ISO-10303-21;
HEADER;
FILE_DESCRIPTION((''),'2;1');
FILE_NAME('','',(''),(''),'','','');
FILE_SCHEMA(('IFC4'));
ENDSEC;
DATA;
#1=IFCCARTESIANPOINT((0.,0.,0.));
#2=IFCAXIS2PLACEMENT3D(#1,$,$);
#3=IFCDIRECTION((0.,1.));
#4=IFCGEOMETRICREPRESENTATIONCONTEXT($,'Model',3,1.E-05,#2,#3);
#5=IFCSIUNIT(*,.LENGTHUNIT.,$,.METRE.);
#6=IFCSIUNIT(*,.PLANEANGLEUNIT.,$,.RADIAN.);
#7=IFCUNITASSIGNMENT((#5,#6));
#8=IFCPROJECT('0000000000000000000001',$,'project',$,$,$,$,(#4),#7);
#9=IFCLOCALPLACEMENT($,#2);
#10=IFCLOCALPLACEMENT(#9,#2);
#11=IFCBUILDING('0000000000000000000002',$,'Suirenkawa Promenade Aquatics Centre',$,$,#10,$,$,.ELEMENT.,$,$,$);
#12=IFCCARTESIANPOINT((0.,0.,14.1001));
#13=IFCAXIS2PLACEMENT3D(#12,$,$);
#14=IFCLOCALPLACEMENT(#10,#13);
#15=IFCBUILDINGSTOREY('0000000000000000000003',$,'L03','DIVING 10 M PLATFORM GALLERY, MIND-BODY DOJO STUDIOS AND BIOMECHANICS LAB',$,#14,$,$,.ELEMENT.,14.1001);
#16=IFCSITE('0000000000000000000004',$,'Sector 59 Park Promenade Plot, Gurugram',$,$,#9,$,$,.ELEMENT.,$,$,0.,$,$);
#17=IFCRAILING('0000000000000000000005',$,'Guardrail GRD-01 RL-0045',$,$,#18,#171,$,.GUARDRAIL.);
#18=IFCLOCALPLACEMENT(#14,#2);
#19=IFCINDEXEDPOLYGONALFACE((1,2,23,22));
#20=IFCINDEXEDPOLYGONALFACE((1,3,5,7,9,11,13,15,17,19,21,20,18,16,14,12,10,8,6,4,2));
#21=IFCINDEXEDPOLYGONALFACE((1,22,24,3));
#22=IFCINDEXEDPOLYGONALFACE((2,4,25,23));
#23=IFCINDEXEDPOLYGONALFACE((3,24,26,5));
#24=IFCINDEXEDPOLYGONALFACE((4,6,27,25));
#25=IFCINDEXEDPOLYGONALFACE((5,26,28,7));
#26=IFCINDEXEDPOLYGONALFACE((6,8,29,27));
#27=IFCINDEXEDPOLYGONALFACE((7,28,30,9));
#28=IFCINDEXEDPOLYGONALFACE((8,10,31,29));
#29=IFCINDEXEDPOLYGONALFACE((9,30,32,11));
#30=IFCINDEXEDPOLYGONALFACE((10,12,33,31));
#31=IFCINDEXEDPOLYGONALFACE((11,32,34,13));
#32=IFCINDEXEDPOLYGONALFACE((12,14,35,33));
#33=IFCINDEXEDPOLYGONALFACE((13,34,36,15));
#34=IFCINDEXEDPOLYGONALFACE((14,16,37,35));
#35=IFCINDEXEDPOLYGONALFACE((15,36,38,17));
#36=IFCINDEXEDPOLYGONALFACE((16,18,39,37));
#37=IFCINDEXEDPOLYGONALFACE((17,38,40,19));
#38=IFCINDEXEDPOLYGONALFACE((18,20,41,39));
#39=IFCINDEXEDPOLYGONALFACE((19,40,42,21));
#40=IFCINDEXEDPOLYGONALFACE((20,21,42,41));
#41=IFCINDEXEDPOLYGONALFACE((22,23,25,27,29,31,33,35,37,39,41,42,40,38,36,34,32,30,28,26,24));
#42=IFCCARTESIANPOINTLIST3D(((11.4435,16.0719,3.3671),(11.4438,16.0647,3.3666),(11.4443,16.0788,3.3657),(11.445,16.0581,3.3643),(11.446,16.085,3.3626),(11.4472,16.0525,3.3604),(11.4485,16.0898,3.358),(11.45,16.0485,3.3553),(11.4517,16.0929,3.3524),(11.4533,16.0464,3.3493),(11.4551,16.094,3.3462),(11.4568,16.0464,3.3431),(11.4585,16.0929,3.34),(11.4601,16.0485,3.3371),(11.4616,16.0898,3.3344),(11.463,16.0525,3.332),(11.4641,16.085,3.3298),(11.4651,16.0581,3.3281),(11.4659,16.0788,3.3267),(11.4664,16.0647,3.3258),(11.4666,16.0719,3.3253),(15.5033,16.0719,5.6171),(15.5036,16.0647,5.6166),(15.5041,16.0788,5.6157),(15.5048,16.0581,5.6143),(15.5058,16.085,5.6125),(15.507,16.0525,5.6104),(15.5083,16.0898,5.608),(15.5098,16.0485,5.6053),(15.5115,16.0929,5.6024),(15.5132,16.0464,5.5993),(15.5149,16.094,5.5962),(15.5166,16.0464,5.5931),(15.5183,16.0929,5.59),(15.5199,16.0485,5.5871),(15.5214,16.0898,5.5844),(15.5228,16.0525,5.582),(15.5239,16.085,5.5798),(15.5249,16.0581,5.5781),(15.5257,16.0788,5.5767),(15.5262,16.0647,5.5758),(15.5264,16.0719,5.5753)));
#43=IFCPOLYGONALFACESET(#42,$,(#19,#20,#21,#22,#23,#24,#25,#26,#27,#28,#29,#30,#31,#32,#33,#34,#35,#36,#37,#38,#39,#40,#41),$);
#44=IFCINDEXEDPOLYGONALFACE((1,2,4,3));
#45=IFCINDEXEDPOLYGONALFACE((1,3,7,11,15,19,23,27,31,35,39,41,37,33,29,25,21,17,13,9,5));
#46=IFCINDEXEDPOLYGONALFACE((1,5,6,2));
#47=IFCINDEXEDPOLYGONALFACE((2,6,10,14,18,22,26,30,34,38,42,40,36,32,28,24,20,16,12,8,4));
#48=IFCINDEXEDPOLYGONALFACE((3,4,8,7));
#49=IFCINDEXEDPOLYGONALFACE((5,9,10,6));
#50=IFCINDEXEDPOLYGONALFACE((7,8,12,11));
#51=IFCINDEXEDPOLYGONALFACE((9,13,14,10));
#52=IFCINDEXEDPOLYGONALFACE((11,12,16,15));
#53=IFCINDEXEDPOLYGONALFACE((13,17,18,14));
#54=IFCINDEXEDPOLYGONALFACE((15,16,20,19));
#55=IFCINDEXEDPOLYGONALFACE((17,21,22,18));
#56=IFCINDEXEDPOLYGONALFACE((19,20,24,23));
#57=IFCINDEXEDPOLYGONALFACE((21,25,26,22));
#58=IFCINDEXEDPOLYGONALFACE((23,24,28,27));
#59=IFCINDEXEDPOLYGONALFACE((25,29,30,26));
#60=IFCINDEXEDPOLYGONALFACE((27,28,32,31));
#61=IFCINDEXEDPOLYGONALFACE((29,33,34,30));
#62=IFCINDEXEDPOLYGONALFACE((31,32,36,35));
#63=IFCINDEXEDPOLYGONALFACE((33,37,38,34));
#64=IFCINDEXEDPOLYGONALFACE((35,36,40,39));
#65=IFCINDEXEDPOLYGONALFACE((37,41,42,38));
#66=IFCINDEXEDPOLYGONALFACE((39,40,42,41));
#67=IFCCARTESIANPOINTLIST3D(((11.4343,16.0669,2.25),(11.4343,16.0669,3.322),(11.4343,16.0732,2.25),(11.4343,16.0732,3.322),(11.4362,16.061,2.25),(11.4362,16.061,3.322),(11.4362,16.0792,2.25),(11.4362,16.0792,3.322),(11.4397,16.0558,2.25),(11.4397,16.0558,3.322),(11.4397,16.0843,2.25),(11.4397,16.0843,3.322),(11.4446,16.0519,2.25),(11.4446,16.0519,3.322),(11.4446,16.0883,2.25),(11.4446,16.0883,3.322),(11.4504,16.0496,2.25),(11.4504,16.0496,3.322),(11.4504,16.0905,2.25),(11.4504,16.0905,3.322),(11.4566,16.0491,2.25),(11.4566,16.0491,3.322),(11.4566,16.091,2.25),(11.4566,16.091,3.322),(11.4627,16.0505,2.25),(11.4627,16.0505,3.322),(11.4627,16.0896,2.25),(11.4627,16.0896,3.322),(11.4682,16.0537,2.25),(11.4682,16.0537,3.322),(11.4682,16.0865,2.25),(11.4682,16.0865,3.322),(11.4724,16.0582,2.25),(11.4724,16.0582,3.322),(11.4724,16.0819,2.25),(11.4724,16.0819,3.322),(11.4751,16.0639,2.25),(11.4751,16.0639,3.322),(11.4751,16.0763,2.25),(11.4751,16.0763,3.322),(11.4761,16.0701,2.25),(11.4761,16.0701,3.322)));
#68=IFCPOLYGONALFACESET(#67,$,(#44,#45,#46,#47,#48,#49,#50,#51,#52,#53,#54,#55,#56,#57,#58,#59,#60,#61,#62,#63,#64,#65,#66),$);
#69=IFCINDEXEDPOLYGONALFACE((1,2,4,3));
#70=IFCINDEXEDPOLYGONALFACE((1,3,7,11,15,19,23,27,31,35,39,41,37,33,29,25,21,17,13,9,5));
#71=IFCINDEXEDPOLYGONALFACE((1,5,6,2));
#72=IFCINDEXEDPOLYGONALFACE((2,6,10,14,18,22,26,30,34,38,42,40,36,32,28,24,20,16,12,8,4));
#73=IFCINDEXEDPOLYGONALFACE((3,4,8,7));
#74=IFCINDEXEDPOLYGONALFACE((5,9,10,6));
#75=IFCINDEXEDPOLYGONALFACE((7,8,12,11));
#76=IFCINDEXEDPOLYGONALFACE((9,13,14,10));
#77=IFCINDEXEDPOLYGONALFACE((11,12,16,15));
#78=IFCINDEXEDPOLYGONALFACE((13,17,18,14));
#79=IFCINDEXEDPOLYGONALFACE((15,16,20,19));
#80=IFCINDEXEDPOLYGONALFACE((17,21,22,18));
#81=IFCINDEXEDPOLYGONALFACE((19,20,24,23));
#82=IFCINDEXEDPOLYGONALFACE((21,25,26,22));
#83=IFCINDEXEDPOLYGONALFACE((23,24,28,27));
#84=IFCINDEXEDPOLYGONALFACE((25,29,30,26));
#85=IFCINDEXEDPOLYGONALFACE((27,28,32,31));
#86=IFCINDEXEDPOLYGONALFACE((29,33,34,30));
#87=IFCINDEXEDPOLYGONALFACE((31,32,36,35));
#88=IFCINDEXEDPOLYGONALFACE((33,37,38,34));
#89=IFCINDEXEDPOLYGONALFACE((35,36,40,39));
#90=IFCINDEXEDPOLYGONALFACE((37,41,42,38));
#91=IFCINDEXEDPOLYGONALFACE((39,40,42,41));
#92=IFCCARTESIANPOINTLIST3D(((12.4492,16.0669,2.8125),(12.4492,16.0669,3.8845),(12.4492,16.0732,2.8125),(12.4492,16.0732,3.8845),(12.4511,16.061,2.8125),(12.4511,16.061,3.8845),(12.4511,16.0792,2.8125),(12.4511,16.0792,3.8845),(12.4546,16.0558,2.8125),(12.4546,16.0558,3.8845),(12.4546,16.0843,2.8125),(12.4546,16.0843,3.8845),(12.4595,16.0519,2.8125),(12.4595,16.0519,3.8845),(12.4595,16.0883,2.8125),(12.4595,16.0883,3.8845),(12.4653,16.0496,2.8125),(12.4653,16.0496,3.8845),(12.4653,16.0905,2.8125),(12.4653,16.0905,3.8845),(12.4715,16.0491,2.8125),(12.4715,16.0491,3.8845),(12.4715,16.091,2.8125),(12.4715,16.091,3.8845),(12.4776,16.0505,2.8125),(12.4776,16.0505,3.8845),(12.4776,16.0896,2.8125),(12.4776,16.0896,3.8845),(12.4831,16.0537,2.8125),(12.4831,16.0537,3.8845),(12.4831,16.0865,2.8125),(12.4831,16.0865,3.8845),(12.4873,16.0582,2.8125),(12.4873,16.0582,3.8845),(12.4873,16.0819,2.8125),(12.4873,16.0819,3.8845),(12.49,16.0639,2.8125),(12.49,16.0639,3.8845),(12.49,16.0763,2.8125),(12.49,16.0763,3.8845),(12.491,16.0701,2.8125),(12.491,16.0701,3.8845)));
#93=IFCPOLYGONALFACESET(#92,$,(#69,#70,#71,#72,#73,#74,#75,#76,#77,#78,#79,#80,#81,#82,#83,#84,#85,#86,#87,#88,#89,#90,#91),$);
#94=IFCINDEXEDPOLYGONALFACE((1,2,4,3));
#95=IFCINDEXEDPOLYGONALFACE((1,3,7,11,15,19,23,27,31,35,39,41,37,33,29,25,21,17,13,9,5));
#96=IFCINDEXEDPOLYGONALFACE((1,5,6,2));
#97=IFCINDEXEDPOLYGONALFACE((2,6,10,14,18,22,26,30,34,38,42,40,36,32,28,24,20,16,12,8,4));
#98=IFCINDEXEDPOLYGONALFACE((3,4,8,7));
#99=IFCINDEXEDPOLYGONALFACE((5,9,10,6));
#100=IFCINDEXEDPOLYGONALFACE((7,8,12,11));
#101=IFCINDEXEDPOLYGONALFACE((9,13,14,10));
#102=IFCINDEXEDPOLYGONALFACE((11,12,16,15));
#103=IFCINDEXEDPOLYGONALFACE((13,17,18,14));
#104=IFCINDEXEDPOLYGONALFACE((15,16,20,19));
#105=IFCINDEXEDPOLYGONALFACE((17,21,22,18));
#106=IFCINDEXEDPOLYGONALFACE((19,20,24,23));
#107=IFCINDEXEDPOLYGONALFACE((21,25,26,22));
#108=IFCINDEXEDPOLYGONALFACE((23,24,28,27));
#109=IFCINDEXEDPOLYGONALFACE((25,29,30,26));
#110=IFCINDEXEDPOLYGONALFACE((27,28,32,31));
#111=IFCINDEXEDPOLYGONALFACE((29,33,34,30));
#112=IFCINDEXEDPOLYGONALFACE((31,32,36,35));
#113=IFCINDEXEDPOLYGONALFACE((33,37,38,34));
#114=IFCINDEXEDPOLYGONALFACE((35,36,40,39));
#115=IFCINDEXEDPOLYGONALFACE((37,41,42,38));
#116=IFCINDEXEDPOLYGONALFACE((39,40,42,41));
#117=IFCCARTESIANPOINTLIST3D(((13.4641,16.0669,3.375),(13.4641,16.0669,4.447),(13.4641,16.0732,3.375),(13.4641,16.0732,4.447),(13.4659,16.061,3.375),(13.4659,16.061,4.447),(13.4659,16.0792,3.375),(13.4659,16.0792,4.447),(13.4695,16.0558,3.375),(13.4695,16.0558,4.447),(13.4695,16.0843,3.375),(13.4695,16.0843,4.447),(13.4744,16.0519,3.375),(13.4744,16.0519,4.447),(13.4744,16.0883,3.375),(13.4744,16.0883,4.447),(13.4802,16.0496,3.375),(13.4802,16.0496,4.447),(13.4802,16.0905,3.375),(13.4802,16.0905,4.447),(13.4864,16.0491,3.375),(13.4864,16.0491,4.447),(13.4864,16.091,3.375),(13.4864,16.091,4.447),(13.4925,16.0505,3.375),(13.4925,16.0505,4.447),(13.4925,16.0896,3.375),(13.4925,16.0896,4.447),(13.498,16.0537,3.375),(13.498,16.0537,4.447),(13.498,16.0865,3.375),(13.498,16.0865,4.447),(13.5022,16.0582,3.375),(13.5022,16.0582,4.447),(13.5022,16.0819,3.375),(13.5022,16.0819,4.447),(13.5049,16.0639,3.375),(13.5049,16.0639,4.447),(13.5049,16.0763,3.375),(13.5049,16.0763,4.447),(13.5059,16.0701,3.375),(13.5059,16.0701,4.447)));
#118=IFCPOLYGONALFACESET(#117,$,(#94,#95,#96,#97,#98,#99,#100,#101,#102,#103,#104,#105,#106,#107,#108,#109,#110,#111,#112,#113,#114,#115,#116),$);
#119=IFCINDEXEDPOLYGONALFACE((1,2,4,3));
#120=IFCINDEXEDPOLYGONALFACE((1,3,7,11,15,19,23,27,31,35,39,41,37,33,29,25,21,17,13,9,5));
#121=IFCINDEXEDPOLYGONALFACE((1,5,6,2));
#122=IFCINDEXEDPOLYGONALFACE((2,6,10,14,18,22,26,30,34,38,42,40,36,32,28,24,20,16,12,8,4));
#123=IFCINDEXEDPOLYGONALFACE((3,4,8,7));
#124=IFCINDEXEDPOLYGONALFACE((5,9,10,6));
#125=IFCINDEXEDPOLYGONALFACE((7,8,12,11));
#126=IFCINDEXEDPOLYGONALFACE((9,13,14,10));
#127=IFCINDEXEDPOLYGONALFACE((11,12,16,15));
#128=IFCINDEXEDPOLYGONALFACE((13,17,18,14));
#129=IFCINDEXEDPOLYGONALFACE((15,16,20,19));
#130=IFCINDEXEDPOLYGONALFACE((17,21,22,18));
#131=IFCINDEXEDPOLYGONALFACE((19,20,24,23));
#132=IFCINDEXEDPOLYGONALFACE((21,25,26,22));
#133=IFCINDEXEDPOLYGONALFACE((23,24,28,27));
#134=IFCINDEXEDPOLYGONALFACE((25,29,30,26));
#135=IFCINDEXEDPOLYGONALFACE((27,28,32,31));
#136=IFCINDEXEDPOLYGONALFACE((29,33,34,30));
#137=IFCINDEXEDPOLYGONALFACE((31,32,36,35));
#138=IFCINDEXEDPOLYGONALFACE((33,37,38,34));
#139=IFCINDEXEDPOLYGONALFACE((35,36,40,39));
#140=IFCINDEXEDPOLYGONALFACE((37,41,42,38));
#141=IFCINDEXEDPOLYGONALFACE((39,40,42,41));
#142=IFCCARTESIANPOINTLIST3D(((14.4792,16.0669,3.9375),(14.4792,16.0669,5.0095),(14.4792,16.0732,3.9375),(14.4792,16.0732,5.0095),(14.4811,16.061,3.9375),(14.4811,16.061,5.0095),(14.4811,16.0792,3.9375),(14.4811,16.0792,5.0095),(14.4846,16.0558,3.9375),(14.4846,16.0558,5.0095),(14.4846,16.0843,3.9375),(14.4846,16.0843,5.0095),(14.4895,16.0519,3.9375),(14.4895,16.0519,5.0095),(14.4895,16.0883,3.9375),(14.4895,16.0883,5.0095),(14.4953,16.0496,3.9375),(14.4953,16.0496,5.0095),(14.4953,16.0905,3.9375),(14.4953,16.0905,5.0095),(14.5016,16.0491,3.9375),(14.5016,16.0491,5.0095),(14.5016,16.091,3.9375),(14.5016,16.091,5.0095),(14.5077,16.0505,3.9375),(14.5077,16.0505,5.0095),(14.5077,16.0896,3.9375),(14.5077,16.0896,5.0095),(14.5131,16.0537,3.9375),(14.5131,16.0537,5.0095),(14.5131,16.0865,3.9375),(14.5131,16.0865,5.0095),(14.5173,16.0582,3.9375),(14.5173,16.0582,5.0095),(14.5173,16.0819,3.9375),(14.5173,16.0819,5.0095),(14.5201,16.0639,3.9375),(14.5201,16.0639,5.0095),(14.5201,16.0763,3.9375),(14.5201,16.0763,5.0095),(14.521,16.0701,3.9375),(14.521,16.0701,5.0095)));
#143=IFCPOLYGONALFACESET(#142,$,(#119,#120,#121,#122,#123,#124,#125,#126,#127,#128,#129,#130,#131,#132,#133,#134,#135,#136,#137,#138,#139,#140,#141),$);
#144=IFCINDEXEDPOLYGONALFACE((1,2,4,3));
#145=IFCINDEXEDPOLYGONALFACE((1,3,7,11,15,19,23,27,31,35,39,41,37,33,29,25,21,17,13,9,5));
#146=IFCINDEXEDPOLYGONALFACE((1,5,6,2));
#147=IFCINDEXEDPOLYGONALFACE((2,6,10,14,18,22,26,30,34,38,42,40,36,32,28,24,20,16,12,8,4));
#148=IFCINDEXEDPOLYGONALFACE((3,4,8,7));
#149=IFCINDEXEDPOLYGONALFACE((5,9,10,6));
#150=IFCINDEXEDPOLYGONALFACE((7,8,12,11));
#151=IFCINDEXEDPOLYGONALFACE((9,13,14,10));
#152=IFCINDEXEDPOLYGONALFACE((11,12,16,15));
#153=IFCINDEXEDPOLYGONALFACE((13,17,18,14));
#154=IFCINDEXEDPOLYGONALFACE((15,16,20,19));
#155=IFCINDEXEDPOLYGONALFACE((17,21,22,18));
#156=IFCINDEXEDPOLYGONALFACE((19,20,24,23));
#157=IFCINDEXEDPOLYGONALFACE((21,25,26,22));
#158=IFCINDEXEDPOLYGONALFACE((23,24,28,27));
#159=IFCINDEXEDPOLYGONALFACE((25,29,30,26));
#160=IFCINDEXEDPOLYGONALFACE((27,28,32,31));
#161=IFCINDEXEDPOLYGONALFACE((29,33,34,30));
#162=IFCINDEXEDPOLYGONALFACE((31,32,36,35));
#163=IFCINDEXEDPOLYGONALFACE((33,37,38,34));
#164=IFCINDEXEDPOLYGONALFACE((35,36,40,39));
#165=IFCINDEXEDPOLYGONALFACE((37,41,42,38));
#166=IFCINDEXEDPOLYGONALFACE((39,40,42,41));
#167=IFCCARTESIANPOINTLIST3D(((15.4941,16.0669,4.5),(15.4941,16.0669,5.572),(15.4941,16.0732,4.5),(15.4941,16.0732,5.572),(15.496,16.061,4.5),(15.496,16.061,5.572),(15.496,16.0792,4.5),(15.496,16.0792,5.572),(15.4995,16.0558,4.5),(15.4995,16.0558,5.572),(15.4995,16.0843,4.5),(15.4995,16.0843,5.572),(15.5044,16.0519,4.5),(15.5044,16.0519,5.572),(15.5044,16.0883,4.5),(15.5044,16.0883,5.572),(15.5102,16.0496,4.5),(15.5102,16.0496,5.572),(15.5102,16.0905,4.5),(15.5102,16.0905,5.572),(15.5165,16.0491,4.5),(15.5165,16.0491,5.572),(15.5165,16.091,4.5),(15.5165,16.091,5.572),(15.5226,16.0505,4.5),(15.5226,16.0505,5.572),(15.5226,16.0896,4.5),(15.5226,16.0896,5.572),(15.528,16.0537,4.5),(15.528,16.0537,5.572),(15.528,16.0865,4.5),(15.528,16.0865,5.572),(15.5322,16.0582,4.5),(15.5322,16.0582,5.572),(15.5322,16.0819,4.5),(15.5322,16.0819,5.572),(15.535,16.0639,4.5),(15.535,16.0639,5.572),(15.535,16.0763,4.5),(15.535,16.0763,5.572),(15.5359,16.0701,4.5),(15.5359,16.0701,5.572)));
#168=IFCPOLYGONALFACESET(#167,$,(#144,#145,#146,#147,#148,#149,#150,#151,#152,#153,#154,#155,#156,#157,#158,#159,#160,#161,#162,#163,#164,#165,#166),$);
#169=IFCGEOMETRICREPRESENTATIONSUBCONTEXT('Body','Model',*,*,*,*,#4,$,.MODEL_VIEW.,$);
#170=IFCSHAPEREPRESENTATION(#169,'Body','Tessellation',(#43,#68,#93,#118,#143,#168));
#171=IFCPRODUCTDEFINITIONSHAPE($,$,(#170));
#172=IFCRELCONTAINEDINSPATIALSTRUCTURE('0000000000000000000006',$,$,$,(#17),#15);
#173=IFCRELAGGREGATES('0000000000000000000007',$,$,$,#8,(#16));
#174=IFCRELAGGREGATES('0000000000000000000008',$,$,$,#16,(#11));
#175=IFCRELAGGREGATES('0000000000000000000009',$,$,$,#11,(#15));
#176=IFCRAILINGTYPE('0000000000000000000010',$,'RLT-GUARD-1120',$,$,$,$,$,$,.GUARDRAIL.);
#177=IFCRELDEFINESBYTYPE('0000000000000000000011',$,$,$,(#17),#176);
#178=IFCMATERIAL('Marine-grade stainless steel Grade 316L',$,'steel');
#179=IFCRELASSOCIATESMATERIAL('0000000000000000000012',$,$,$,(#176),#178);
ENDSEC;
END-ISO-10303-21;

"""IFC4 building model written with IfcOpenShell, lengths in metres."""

from ifc_helpers import new_model, si_unit, direction, frame, origin, origin_2d, place, context, subcontext, project, spatial, circle, extrude, material, type_object, element, save


model = new_model("IFC4")

# Units and contexts
model_context = context("Model", 3, precision=1e-05, world=origin(), true_north=direction((0.0, 1.0)))
body_context = subcontext(model_context, "Body", "Model", "MODEL_VIEW")
ifc_project = project(units=[si_unit("LENGTHUNIT", "METRE"), si_unit("PLANEANGLEUNIT", "RADIAN")], contexts=[model_context])

# Site, building, storey
site_placement = place(None, origin())
site = spatial("IfcSite", under=ifc_project, at=site_placement, Name="Sector 59 Park Promenade Plot, Gurugram", CompositionType="ELEMENT", RefElevation=0.0)
building_placement = place(site_placement, origin())
building = spatial("IfcBuilding", under=site, at=building_placement, Name="Suirenkawa Promenade Aquatics Centre", CompositionType="ELEMENT")
storey_placement = place(building_placement, frame((0.0, 0.0, 14.1001)))
storey = spatial("IfcBuildingStorey", under=building, at=storey_placement, Name="L03", Description="DIVING 10 M PLATFORM GALLERY, MIND-BODY DOJO STUDIOS AND BIOMECHANICS LAB", CompositionType="ELEMENT", Elevation=14.1001)

# Shared definitions
ifc_material_1 = material(Name="Marine-grade stainless steel Grade 316L", Category="steel")

# Railing
railing_type_1 = type_object("IfcRailingType", Name="RLT-GUARD-1120", PredefinedType="GUARDRAIL", material=ifc_material_1)
for number, where, name in (
    (1, (11.4551, 16.0701, 2.25), "Guardrail GRD-01 RL-0045"),
):
    element("IfcRailing", number, at=place(storey_placement, frame(where)), inside=storey, type_object=railing_type_1, Name=name, PredefinedType="GUARDRAIL", context=body_context, shape_type="SweptSolid", body=[
        extrude(circle(Radius=0.0239, at=origin_2d()), frame((0.0, 0.0, 1.0962), z_axis=(0.874656, 0.0, 0.484745), x_axis=(0.0, 1.0, 0.0)), (0.0, 0.0, 1.0), 4.6416),
        extrude(circle(Radius=0.021, at=origin_2d()), origin(), (0.0, 0.0, 1.0), 1.072),
        extrude(circle(Radius=0.021, at=origin_2d()), frame((1.0149, 0.0, 0.5625)), (0.0, 0.0, 1.0), 1.072),
        extrude(circle(Radius=0.021, at=origin_2d()), frame((2.0298, 0.0, 1.125)), (0.0, 0.0, 1.0), 1.072),
        extrude(circle(Radius=0.021, at=origin_2d()), frame((3.0449, 0.0, 1.6875)), (0.0, 0.0, 1.0), 1.072),
        extrude(circle(Radius=0.021, at=origin_2d()), frame((4.0598, 0.0, 2.25)), (0.0, 0.0, 1.0), 1.072),
    ])

save(model, "model.ifc")
